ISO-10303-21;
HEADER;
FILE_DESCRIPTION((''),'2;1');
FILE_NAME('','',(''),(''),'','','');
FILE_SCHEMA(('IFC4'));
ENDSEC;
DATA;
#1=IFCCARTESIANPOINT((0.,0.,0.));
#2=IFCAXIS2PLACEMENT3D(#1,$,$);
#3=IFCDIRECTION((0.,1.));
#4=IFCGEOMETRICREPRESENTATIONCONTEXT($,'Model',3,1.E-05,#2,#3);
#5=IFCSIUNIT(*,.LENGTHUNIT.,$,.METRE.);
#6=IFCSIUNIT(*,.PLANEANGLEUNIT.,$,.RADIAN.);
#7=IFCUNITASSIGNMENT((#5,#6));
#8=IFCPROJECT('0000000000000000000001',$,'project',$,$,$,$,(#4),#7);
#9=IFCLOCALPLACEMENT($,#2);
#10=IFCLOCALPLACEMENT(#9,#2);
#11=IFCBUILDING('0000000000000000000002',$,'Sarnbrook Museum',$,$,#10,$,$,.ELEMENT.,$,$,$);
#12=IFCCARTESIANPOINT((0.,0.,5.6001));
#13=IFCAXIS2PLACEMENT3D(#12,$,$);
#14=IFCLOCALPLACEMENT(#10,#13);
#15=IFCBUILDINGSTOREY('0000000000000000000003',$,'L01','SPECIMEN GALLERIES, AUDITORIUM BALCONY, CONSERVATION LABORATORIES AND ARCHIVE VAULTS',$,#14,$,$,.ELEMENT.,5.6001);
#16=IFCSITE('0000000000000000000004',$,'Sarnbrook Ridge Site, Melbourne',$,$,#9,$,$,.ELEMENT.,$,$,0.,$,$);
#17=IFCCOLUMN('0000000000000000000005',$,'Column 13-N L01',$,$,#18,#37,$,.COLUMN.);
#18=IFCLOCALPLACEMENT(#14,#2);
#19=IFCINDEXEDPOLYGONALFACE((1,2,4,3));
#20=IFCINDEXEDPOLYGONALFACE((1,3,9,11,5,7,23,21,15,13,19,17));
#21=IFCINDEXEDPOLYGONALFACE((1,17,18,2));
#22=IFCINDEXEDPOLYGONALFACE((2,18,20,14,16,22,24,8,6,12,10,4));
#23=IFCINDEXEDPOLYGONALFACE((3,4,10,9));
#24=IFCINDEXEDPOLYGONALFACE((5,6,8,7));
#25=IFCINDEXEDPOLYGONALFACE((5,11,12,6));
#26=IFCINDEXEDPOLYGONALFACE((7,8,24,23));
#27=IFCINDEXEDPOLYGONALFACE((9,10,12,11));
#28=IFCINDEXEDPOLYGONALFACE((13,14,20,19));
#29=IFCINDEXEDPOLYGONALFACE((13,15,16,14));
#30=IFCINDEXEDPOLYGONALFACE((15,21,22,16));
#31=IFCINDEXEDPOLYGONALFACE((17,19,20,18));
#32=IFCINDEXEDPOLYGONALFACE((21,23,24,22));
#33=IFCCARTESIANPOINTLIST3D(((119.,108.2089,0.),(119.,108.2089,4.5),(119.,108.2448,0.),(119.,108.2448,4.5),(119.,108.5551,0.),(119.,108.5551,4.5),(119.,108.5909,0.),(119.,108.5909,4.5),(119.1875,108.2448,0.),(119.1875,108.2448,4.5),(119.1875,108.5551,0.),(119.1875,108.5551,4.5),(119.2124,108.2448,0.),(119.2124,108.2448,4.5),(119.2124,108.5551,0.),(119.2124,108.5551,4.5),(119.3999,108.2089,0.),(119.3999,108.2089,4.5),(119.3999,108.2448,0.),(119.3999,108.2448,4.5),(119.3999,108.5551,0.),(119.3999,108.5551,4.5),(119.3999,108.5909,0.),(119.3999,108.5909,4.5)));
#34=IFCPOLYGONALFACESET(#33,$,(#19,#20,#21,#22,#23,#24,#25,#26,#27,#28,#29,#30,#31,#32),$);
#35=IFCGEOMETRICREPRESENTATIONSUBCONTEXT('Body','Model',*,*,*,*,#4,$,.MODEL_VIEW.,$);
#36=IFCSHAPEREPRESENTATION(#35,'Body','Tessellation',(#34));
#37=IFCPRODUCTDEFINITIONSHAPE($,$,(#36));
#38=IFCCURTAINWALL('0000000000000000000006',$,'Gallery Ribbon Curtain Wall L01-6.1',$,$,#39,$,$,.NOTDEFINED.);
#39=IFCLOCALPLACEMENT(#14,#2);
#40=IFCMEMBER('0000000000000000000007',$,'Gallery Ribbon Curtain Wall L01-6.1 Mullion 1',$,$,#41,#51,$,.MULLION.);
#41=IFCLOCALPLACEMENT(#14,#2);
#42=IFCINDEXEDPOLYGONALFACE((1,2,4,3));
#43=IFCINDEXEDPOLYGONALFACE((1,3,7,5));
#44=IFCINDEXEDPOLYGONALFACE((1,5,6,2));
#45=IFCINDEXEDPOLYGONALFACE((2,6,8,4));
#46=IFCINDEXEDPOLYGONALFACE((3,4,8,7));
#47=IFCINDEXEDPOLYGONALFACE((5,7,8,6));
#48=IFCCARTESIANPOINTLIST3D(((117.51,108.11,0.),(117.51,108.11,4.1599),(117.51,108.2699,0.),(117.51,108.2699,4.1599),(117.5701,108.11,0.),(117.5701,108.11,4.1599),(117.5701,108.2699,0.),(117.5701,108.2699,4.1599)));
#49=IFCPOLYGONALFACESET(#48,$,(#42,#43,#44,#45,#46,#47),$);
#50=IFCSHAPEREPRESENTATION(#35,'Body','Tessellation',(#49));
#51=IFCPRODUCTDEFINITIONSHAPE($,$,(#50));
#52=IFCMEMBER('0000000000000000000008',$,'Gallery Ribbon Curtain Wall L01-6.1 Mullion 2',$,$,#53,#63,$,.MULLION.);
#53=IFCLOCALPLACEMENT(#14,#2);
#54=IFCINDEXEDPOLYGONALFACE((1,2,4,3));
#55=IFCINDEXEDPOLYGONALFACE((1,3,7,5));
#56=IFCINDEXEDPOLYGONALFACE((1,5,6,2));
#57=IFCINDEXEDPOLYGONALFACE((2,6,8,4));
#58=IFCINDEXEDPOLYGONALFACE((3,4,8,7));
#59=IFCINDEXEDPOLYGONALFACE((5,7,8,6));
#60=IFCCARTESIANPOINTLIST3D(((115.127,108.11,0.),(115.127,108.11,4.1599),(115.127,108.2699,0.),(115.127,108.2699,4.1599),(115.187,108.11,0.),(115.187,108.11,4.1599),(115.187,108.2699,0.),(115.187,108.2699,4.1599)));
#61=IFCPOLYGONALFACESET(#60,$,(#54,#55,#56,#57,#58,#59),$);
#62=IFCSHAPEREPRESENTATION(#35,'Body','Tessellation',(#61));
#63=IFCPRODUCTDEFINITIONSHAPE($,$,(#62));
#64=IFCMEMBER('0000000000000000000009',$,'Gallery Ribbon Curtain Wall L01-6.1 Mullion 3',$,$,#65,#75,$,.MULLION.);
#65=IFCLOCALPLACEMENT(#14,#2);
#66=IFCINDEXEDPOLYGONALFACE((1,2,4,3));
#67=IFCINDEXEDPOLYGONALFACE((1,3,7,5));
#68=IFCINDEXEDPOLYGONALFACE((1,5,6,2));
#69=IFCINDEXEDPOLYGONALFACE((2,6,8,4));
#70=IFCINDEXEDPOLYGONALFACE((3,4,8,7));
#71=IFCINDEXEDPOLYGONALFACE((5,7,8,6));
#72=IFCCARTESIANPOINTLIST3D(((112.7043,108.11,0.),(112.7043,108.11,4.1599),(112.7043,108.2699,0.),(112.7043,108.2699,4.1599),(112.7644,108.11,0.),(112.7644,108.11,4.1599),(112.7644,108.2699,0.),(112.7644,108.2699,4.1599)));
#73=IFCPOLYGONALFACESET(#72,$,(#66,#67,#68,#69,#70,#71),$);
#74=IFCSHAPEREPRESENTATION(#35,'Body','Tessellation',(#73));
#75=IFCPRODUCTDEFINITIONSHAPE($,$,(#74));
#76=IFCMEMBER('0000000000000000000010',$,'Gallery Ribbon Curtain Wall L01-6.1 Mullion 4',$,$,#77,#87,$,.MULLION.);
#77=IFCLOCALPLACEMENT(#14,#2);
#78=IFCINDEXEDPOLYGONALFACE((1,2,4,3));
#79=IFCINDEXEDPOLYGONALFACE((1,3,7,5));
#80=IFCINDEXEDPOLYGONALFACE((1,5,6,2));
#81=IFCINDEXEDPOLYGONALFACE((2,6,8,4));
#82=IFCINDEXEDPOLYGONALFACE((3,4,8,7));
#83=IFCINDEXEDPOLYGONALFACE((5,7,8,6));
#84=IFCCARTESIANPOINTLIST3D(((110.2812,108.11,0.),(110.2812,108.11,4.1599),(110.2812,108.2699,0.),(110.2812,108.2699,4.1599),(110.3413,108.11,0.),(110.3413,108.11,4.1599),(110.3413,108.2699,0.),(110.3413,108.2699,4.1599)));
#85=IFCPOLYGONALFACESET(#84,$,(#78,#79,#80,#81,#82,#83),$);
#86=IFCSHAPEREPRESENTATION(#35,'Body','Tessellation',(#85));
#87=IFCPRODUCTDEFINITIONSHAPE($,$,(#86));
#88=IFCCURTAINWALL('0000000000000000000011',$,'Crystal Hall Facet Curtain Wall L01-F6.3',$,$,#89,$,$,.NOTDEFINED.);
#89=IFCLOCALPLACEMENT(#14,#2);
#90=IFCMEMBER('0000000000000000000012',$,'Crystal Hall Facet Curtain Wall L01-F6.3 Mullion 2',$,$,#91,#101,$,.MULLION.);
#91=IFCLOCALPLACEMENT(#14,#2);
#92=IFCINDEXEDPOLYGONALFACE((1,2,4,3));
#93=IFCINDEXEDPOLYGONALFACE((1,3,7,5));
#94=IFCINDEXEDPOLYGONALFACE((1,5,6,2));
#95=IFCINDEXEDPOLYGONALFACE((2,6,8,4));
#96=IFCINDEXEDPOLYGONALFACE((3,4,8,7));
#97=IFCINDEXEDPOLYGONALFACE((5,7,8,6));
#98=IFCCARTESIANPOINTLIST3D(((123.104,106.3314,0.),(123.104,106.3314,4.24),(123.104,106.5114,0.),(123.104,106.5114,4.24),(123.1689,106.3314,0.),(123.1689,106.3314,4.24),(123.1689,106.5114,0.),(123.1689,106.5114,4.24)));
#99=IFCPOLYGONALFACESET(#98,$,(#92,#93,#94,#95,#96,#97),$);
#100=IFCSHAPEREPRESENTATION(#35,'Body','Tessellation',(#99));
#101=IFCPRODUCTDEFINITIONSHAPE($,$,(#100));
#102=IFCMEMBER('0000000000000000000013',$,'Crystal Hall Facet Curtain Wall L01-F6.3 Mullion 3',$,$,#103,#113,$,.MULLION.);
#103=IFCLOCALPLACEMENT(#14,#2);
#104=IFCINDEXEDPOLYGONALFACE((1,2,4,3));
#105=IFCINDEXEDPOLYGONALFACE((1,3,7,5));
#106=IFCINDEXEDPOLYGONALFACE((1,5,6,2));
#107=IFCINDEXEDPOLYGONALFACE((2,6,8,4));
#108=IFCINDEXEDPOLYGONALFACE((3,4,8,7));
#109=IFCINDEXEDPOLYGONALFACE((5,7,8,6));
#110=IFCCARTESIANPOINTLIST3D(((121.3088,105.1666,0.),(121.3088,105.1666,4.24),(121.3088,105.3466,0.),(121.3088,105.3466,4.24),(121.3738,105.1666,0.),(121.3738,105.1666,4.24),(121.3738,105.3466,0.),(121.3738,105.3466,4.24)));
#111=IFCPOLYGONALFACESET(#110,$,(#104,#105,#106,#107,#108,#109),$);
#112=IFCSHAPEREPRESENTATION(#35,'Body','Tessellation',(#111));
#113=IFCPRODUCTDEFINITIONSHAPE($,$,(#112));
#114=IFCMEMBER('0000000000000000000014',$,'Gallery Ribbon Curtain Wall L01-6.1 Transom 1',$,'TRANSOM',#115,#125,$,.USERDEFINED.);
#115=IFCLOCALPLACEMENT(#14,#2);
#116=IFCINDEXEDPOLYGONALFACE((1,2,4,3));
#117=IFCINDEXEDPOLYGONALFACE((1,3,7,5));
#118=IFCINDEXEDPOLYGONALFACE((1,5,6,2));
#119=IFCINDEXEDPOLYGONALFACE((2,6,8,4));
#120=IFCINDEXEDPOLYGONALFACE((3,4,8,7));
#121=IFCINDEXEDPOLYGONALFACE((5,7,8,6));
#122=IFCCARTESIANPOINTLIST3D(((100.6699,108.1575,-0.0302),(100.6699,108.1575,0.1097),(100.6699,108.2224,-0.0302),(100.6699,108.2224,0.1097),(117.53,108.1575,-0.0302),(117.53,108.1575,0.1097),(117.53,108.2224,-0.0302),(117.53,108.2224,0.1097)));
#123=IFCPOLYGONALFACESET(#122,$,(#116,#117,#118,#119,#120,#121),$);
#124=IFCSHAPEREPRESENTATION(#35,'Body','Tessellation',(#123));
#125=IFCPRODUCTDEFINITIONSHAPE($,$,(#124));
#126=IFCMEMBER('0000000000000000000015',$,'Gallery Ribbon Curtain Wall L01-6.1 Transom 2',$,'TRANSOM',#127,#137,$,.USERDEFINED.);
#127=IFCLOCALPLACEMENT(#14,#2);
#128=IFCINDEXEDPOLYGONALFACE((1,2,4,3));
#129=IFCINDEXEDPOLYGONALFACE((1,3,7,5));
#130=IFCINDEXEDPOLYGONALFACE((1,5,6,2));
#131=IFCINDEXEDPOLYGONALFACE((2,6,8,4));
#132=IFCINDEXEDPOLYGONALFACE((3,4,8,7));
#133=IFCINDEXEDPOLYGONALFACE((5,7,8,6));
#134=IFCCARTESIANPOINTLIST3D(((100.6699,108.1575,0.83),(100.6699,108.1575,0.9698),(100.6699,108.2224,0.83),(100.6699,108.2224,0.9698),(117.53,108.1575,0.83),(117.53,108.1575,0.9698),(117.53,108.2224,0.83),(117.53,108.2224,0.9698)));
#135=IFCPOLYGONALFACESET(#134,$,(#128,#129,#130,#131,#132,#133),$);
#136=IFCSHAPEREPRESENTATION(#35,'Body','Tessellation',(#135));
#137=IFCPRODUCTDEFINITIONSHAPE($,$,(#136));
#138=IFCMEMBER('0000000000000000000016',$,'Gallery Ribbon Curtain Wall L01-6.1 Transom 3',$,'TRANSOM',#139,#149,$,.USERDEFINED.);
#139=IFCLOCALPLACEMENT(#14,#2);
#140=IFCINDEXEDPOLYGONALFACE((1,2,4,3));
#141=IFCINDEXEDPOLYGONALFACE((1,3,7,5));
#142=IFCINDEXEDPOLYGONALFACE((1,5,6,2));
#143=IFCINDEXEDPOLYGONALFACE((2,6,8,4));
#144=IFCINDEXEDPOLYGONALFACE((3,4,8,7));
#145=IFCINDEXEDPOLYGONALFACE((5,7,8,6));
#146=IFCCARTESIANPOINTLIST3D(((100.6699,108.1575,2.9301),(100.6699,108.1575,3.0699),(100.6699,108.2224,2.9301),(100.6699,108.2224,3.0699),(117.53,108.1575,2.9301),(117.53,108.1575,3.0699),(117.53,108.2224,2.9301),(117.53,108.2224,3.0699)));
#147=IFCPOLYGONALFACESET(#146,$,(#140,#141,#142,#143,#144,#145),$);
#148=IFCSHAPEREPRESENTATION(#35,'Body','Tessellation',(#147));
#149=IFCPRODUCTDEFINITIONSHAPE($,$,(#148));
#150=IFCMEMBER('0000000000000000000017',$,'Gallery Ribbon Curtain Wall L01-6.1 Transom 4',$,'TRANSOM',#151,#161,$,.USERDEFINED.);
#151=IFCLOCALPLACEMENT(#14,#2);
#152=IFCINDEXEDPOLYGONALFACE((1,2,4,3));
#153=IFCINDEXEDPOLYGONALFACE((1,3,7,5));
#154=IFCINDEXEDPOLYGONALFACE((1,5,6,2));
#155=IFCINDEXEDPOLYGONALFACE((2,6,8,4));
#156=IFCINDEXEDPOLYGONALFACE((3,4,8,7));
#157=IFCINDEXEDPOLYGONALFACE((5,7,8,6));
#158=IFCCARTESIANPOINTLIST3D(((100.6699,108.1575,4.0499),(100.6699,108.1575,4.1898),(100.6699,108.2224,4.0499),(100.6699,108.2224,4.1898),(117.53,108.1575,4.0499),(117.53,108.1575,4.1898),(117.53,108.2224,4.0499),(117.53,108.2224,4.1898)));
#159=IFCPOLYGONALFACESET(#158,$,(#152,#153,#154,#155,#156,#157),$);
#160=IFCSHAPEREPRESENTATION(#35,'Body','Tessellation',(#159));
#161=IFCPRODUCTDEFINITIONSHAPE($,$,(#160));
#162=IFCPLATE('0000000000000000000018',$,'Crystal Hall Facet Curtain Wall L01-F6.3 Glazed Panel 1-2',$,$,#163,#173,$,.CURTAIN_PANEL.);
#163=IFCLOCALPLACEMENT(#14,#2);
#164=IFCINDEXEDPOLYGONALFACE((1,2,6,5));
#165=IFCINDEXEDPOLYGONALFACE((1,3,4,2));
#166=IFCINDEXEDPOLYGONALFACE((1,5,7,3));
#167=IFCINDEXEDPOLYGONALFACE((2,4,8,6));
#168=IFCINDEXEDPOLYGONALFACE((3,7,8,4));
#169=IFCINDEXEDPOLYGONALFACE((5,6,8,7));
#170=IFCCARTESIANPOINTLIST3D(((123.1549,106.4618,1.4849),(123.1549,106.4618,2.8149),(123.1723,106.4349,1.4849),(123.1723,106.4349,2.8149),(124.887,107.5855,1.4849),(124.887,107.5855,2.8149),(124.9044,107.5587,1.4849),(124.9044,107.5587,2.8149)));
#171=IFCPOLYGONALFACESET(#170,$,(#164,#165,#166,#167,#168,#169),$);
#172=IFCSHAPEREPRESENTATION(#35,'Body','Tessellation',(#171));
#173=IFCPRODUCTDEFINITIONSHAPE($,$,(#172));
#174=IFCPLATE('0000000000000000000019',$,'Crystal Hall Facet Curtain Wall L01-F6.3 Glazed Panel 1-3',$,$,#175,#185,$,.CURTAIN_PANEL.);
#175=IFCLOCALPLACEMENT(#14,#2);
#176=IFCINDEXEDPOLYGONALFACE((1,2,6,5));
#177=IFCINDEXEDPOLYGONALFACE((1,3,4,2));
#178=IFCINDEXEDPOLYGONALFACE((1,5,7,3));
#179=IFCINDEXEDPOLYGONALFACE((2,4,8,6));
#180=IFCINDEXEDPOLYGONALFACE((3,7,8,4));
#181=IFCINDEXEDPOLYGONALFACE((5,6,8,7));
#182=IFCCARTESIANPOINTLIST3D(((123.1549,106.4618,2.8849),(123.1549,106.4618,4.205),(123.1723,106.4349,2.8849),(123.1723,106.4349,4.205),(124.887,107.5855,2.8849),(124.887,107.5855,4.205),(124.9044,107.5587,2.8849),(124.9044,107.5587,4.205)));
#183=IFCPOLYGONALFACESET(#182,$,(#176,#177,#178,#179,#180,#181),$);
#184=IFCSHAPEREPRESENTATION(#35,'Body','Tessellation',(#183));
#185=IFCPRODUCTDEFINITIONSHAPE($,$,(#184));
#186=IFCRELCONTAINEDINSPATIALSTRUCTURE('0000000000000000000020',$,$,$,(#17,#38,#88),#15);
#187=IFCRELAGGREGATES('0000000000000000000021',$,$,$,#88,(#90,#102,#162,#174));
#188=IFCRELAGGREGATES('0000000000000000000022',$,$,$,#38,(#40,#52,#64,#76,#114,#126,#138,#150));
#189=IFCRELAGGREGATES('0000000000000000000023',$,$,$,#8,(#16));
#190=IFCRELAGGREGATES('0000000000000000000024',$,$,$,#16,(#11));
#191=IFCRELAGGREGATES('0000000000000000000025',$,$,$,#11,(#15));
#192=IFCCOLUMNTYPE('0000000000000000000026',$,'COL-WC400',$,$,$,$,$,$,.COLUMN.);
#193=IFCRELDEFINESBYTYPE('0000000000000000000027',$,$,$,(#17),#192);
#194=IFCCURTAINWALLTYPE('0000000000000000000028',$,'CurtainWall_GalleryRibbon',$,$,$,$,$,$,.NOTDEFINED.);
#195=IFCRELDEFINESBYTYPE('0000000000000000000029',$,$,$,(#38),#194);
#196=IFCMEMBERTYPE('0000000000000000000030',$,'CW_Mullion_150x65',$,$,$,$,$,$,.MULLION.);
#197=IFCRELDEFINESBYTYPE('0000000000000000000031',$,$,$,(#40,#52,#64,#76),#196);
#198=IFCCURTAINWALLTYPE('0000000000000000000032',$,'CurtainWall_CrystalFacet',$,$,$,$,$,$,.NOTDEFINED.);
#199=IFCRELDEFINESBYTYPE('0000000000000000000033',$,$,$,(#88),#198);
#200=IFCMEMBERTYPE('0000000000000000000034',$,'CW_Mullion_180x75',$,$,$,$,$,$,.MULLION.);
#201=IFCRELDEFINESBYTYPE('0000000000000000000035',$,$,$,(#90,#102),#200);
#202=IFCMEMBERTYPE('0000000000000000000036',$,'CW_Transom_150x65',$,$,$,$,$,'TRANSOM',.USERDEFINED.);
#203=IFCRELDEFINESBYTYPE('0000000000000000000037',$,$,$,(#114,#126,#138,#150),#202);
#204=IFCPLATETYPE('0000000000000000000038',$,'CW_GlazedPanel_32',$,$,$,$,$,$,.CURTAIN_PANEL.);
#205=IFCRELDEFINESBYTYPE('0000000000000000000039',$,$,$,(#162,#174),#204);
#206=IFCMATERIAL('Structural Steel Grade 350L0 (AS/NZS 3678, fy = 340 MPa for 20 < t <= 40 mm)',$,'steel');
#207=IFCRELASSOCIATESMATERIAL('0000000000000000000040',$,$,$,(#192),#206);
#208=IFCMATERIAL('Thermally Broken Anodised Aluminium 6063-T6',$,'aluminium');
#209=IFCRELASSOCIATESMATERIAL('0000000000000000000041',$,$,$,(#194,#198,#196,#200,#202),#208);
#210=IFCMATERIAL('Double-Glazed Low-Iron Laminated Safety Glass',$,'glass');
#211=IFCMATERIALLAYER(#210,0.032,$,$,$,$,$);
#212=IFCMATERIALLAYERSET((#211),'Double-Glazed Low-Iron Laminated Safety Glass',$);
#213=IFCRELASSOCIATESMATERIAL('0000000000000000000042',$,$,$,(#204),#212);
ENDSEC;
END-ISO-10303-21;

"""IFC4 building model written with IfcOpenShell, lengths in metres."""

from ifc_helpers import new_model, si_unit, direction, frame, origin, origin_2d, place, context, subcontext, project, spatial, rectangle, i_section, extrude, material, layer, layer_set, material_profile, profile_set, type_object, element, aggregate, save


model = new_model("IFC4")

# Units and contexts
model_context = context("Model", 3, precision=1e-05, world=origin(), true_north=direction((0.0, 1.0)))
body_context = subcontext(model_context, "Body", "Model", "MODEL_VIEW")
ifc_project = project(units=[si_unit("LENGTHUNIT", "METRE"), si_unit("PLANEANGLEUNIT", "RADIAN")], contexts=[model_context])

# Site, building, storey
site_placement = place(None, origin())
site = spatial("IfcSite", under=ifc_project, at=site_placement, Name="Sarnbrook Ridge Site, Melbourne", CompositionType="ELEMENT", RefElevation=0.0)
building_placement = place(site_placement, origin())
building = spatial("IfcBuilding", under=site, at=building_placement, Name="Sarnbrook Museum", CompositionType="ELEMENT")
storey_placement = place(building_placement, frame((0.0, 0.0, 5.6001)))
storey = spatial("IfcBuildingStorey", under=building, at=storey_placement, Name="L01", Description="SPECIMEN GALLERIES, AUDITORIUM BALCONY, CONSERVATION LABORATORIES AND ARCHIVE VAULTS", CompositionType="ELEMENT", Elevation=5.6001)

# Column
ifc_material_1 = material(Name="Structural Steel Grade 350L0 (AS/NZS 3678, fy = 340 MPa for 20 < t <= 40 mm)", Category="steel")
ifc_material_profile_1 = material_profile(ifc_material_1, i_section(OverallWidth=0.3999, OverallDepth=0.3821, WebThickness=0.0249, FlangeThickness=0.0359, at=origin_2d()), Name="400WC270")
ifc_profile_set_1 = profile_set([ifc_material_profile_1], Name="Structural Steel Grade 350L0 (AS/NZS 3678, fy = 340 MPa for 20 < t <= 40 mm)")
column_type = type_object("IfcColumnType", Name="COL-WC400", PredefinedType="COLUMN", material=ifc_profile_set_1)
column_placement = place(storey_placement, frame((119.2, 108.3999, 0.0), z_axis=(0.0, 0.0, 1.0), x_axis=(1.0, 0.0, 0.0)))
element("IfcColumn", 1, at=column_placement, inside=storey, type_object=column_type, Name="Column 13-N L01", PredefinedType="COLUMN", context=body_context, shape_type="SweptSolid", body=[
    extrude(i_section(OverallWidth=0.3999, OverallDepth=0.3821, WebThickness=0.0249, FlangeThickness=0.0359, at=origin_2d()), origin(), (0.0, 0.0, 1.0), 4.5),
])

# Curtain walls, members
ifc_material_2 = material(Name="Thermally Broken Anodised Aluminium 6063-T6", Category="aluminium")
curtain_wall_type_1 = type_object("IfcCurtainWallType", Name="CurtainWall_GalleryRibbon", PredefinedType="NOTDEFINED", material=ifc_material_2)
curtain_wall_1_placement = place(storey_placement, origin())
curtain_wall_1 = element("IfcCurtainWall", 2, at=curtain_wall_1_placement, inside=storey, type_object=curtain_wall_type_1, Name="Gallery Ribbon Curtain Wall L01-6.1", PredefinedType="NOTDEFINED")
ifc_material_profile_2 = material_profile(ifc_material_2, rectangle(XDim=0.0601, YDim=0.1599, at=origin_2d()), Name="ALU MULLION 60x160")
ifc_profile_set_2 = profile_set([ifc_material_profile_2], Name="Thermally Broken Anodised Aluminium 6063-T6")
member_type_1 = type_object("IfcMemberType", Name="CW_Mullion_150x65", PredefinedType="MULLION", material=ifc_profile_set_2)
member_1_placement = place(storey_placement, frame((117.54, 108.1899, 0.0), z_axis=(0.0, 0.0, 1.0), x_axis=(1.0, 0.0, 0.0)))
member_1 = element("IfcMember", 3, at=member_1_placement, type_object=member_type_1, Name="Gallery Ribbon Curtain Wall L01-6.1 Mullion 1", PredefinedType="MULLION", context=body_context, shape_type="SweptSolid", body=[
    extrude(rectangle(XDim=0.0601, YDim=0.1599, at=origin_2d()), origin(), (0.0, 0.0, 1.0), 4.1599),
])
member_2_placement = place(storey_placement, frame((115.157, 108.1899, 0.0), z_axis=(0.0, 0.0, 1.0), x_axis=(1.0, 0.0, 0.0)))
member_2 = element("IfcMember", 4, at=member_2_placement, type_object=member_type_1, Name="Gallery Ribbon Curtain Wall L01-6.1 Mullion 2", PredefinedType="MULLION", context=body_context, shape_type="SweptSolid", body=[
    extrude(rectangle(XDim=0.0601, YDim=0.1599, at=origin_2d()), origin(), (0.0, 0.0, 1.0), 4.1599),
])
member_3_placement = place(storey_placement, frame((112.7344, 108.1899, 0.0), z_axis=(0.0, 0.0, 1.0), x_axis=(1.0, 0.0, 0.0)))
member_3 = element("IfcMember", 5, at=member_3_placement, type_object=member_type_1, Name="Gallery Ribbon Curtain Wall L01-6.1 Mullion 3", PredefinedType="MULLION", context=body_context, shape_type="SweptSolid", body=[
    extrude(rectangle(XDim=0.0601, YDim=0.1599, at=origin_2d()), origin(), (0.0, 0.0, 1.0), 4.1599),
])
member_4_placement = place(storey_placement, frame((110.3113, 108.1899, 0.0), z_axis=(0.0, 0.0, 1.0), x_axis=(1.0, 0.0, 0.0)))
member_4 = element("IfcMember", 6, at=member_4_placement, type_object=member_type_1, Name="Gallery Ribbon Curtain Wall L01-6.1 Mullion 4", PredefinedType="MULLION", context=body_context, shape_type="SweptSolid", body=[
    extrude(rectangle(XDim=0.0601, YDim=0.1599, at=origin_2d()), origin(), (0.0, 0.0, 1.0), 4.1599),
])
curtain_wall_type_2 = type_object("IfcCurtainWallType", Name="CurtainWall_CrystalFacet", PredefinedType="NOTDEFINED", material=ifc_material_2)
curtain_wall_2_placement = place(storey_placement, origin())
curtain_wall_2 = element("IfcCurtainWall", 7, at=curtain_wall_2_placement, inside=storey, type_object=curtain_wall_type_2, Name="Crystal Hall Facet Curtain Wall L01-F6.3", PredefinedType="NOTDEFINED")
ifc_material_profile_3 = material_profile(ifc_material_2, rectangle(XDim=0.0649, YDim=0.1799, at=origin_2d()), Name="ALU MULLION 65x180")
ifc_profile_set_3 = profile_set([ifc_material_profile_3], Name="Thermally Broken Anodised Aluminium 6063-T6")
member_type_2 = type_object("IfcMemberType", Name="CW_Mullion_180x75", PredefinedType="MULLION", material=ifc_profile_set_3)
member_5_placement = place(storey_placement, frame((123.1365, 106.4214, 0.0), z_axis=(0.0, 0.0, 1.0), x_axis=(1.0, 0.0, 0.0)))
member_5 = element("IfcMember", 8, at=member_5_placement, type_object=member_type_2, Name="Crystal Hall Facet Curtain Wall L01-F6.3 Mullion 2", PredefinedType="MULLION", context=body_context, shape_type="SweptSolid", body=[
    extrude(rectangle(XDim=0.0649, YDim=0.1799, at=origin_2d()), origin(), (0.0, 0.0, 1.0), 4.24),
])
member_6_placement = place(storey_placement, frame((121.3413, 105.2566, 0.0), z_axis=(0.0, 0.0, 1.0), x_axis=(1.0, 0.0, 0.0)))
member_6 = element("IfcMember", 9, at=member_6_placement, type_object=member_type_2, Name="Crystal Hall Facet Curtain Wall L01-F6.3 Mullion 3", PredefinedType="MULLION", context=body_context, shape_type="SweptSolid", body=[
    extrude(rectangle(XDim=0.0649, YDim=0.1799, at=origin_2d()), origin(), (0.0, 0.0, 1.0), 4.24),
])

# Members
ifc_material_profile_4 = material_profile(ifc_material_2, rectangle(XDim=0.0649, YDim=0.1399, at=origin_2d()), Name="ALU TRANSOM 65x140")
ifc_profile_set_4 = profile_set([ifc_material_profile_4], Name="Thermally Broken Anodised Aluminium 6063-T6")
member_type_3 = type_object("IfcMemberType", Name="CW_Transom_150x65", ElementType="TRANSOM", PredefinedType="USERDEFINED", material=ifc_profile_set_4)
member_7_placement = place(storey_placement, frame((117.53, 108.1899, 0.0398), z_axis=(-1.0, 0.0, 0.0), x_axis=(0.0, -1.0, 0.0)))
member_7 = element("IfcMember", 10, at=member_7_placement, type_object=member_type_3, Name="Gallery Ribbon Curtain Wall L01-6.1 Transom 1", ObjectType="TRANSOM", PredefinedType="USERDEFINED", context=body_context, shape_type="SweptSolid", body=[
    extrude(rectangle(XDim=0.0649, YDim=0.1399, at=origin_2d()), origin(), (0.0, 0.0, 1.0), 16.8601),
])
member_8_placement = place(storey_placement, frame((117.53, 108.1899, 0.8999), z_axis=(-1.0, 0.0, 0.0), x_axis=(0.0, -1.0, 0.0)))
member_8 = element("IfcMember", 11, at=member_8_placement, type_object=member_type_3, Name="Gallery Ribbon Curtain Wall L01-6.1 Transom 2", ObjectType="TRANSOM", PredefinedType="USERDEFINED", context=body_context, shape_type="SweptSolid", body=[
    extrude(rectangle(XDim=0.0649, YDim=0.1399, at=origin_2d()), origin(), (0.0, 0.0, 1.0), 16.8601),
])
member_9_placement = place(storey_placement, frame((117.53, 108.1899, 3.0), z_axis=(-1.0, 0.0, 0.0), x_axis=(0.0, -1.0, 0.0)))
member_9 = element("IfcMember", 12, at=member_9_placement, type_object=member_type_3, Name="Gallery Ribbon Curtain Wall L01-6.1 Transom 3", ObjectType="TRANSOM", PredefinedType="USERDEFINED", context=body_context, shape_type="SweptSolid", body=[
    extrude(rectangle(XDim=0.0649, YDim=0.1399, at=origin_2d()), origin(), (0.0, 0.0, 1.0), 16.8601),
])
member_10_placement = place(storey_placement, frame((117.53, 108.1899, 4.1199), z_axis=(-1.0, 0.0, 0.0), x_axis=(0.0, -1.0, 0.0)))
member_10 = element("IfcMember", 13, at=member_10_placement, type_object=member_type_3, Name="Gallery Ribbon Curtain Wall L01-6.1 Transom 4", ObjectType="TRANSOM", PredefinedType="USERDEFINED", context=body_context, shape_type="SweptSolid", body=[
    extrude(rectangle(XDim=0.0649, YDim=0.1399, at=origin_2d()), origin(), (0.0, 0.0, 1.0), 16.8601),
])

# Plates
ifc_material_3 = material(Name="Double-Glazed Low-Iron Laminated Safety Glass", Category="glass")
ifc_layer_1 = layer(ifc_material_3, 0.032)
ifc_layer_set_1 = layer_set([ifc_layer_1], Name="Double-Glazed Low-Iron Laminated Safety Glass")
plate_type_1 = type_object("IfcPlateType", Name="CW_GlazedPanel_32", PredefinedType="CURTAIN_PANEL", material=ifc_layer_set_1)
plate_1_placement = place(storey_placement, frame((124.0383, 106.9968, 2.1499), z_axis=(-0.544287, 0.838899, 0.0), x_axis=(-0.838899, -0.544287, 0.0)))
plate_1 = element("IfcPlate", 14, at=plate_1_placement, type_object=plate_type_1, Name="Crystal Hall Facet Curtain Wall L01-F6.3 Glazed Panel 1-2", PredefinedType="CURTAIN_PANEL", context=body_context, shape_type="SweptSolid", body=[
    extrude(rectangle(XDim=2.0647, YDim=1.3301, at=origin_2d()), origin(), (0.0, 0.0, 1.0), 0.032),
])
plate_2_placement = place(storey_placement, frame((124.0383, 106.9968, 3.5449), z_axis=(-0.544287, 0.838899, 0.0), x_axis=(-0.838899, -0.544287, 0.0)))
plate_2 = element("IfcPlate", 15, at=plate_2_placement, type_object=plate_type_1, Name="Crystal Hall Facet Curtain Wall L01-F6.3 Glazed Panel 1-3", PredefinedType="CURTAIN_PANEL", context=body_context, shape_type="SweptSolid", body=[
    extrude(rectangle(XDim=2.0647, YDim=1.3201, at=origin_2d()), origin(), (0.0, 0.0, 1.0), 0.032),
])
aggregate(curtain_wall_2, [member_5, member_6, plate_1, plate_2])
aggregate(curtain_wall_1, [member_1, member_2, member_3, member_4, member_7, member_8, member_9, member_10])

save(model, "model.ifc")
